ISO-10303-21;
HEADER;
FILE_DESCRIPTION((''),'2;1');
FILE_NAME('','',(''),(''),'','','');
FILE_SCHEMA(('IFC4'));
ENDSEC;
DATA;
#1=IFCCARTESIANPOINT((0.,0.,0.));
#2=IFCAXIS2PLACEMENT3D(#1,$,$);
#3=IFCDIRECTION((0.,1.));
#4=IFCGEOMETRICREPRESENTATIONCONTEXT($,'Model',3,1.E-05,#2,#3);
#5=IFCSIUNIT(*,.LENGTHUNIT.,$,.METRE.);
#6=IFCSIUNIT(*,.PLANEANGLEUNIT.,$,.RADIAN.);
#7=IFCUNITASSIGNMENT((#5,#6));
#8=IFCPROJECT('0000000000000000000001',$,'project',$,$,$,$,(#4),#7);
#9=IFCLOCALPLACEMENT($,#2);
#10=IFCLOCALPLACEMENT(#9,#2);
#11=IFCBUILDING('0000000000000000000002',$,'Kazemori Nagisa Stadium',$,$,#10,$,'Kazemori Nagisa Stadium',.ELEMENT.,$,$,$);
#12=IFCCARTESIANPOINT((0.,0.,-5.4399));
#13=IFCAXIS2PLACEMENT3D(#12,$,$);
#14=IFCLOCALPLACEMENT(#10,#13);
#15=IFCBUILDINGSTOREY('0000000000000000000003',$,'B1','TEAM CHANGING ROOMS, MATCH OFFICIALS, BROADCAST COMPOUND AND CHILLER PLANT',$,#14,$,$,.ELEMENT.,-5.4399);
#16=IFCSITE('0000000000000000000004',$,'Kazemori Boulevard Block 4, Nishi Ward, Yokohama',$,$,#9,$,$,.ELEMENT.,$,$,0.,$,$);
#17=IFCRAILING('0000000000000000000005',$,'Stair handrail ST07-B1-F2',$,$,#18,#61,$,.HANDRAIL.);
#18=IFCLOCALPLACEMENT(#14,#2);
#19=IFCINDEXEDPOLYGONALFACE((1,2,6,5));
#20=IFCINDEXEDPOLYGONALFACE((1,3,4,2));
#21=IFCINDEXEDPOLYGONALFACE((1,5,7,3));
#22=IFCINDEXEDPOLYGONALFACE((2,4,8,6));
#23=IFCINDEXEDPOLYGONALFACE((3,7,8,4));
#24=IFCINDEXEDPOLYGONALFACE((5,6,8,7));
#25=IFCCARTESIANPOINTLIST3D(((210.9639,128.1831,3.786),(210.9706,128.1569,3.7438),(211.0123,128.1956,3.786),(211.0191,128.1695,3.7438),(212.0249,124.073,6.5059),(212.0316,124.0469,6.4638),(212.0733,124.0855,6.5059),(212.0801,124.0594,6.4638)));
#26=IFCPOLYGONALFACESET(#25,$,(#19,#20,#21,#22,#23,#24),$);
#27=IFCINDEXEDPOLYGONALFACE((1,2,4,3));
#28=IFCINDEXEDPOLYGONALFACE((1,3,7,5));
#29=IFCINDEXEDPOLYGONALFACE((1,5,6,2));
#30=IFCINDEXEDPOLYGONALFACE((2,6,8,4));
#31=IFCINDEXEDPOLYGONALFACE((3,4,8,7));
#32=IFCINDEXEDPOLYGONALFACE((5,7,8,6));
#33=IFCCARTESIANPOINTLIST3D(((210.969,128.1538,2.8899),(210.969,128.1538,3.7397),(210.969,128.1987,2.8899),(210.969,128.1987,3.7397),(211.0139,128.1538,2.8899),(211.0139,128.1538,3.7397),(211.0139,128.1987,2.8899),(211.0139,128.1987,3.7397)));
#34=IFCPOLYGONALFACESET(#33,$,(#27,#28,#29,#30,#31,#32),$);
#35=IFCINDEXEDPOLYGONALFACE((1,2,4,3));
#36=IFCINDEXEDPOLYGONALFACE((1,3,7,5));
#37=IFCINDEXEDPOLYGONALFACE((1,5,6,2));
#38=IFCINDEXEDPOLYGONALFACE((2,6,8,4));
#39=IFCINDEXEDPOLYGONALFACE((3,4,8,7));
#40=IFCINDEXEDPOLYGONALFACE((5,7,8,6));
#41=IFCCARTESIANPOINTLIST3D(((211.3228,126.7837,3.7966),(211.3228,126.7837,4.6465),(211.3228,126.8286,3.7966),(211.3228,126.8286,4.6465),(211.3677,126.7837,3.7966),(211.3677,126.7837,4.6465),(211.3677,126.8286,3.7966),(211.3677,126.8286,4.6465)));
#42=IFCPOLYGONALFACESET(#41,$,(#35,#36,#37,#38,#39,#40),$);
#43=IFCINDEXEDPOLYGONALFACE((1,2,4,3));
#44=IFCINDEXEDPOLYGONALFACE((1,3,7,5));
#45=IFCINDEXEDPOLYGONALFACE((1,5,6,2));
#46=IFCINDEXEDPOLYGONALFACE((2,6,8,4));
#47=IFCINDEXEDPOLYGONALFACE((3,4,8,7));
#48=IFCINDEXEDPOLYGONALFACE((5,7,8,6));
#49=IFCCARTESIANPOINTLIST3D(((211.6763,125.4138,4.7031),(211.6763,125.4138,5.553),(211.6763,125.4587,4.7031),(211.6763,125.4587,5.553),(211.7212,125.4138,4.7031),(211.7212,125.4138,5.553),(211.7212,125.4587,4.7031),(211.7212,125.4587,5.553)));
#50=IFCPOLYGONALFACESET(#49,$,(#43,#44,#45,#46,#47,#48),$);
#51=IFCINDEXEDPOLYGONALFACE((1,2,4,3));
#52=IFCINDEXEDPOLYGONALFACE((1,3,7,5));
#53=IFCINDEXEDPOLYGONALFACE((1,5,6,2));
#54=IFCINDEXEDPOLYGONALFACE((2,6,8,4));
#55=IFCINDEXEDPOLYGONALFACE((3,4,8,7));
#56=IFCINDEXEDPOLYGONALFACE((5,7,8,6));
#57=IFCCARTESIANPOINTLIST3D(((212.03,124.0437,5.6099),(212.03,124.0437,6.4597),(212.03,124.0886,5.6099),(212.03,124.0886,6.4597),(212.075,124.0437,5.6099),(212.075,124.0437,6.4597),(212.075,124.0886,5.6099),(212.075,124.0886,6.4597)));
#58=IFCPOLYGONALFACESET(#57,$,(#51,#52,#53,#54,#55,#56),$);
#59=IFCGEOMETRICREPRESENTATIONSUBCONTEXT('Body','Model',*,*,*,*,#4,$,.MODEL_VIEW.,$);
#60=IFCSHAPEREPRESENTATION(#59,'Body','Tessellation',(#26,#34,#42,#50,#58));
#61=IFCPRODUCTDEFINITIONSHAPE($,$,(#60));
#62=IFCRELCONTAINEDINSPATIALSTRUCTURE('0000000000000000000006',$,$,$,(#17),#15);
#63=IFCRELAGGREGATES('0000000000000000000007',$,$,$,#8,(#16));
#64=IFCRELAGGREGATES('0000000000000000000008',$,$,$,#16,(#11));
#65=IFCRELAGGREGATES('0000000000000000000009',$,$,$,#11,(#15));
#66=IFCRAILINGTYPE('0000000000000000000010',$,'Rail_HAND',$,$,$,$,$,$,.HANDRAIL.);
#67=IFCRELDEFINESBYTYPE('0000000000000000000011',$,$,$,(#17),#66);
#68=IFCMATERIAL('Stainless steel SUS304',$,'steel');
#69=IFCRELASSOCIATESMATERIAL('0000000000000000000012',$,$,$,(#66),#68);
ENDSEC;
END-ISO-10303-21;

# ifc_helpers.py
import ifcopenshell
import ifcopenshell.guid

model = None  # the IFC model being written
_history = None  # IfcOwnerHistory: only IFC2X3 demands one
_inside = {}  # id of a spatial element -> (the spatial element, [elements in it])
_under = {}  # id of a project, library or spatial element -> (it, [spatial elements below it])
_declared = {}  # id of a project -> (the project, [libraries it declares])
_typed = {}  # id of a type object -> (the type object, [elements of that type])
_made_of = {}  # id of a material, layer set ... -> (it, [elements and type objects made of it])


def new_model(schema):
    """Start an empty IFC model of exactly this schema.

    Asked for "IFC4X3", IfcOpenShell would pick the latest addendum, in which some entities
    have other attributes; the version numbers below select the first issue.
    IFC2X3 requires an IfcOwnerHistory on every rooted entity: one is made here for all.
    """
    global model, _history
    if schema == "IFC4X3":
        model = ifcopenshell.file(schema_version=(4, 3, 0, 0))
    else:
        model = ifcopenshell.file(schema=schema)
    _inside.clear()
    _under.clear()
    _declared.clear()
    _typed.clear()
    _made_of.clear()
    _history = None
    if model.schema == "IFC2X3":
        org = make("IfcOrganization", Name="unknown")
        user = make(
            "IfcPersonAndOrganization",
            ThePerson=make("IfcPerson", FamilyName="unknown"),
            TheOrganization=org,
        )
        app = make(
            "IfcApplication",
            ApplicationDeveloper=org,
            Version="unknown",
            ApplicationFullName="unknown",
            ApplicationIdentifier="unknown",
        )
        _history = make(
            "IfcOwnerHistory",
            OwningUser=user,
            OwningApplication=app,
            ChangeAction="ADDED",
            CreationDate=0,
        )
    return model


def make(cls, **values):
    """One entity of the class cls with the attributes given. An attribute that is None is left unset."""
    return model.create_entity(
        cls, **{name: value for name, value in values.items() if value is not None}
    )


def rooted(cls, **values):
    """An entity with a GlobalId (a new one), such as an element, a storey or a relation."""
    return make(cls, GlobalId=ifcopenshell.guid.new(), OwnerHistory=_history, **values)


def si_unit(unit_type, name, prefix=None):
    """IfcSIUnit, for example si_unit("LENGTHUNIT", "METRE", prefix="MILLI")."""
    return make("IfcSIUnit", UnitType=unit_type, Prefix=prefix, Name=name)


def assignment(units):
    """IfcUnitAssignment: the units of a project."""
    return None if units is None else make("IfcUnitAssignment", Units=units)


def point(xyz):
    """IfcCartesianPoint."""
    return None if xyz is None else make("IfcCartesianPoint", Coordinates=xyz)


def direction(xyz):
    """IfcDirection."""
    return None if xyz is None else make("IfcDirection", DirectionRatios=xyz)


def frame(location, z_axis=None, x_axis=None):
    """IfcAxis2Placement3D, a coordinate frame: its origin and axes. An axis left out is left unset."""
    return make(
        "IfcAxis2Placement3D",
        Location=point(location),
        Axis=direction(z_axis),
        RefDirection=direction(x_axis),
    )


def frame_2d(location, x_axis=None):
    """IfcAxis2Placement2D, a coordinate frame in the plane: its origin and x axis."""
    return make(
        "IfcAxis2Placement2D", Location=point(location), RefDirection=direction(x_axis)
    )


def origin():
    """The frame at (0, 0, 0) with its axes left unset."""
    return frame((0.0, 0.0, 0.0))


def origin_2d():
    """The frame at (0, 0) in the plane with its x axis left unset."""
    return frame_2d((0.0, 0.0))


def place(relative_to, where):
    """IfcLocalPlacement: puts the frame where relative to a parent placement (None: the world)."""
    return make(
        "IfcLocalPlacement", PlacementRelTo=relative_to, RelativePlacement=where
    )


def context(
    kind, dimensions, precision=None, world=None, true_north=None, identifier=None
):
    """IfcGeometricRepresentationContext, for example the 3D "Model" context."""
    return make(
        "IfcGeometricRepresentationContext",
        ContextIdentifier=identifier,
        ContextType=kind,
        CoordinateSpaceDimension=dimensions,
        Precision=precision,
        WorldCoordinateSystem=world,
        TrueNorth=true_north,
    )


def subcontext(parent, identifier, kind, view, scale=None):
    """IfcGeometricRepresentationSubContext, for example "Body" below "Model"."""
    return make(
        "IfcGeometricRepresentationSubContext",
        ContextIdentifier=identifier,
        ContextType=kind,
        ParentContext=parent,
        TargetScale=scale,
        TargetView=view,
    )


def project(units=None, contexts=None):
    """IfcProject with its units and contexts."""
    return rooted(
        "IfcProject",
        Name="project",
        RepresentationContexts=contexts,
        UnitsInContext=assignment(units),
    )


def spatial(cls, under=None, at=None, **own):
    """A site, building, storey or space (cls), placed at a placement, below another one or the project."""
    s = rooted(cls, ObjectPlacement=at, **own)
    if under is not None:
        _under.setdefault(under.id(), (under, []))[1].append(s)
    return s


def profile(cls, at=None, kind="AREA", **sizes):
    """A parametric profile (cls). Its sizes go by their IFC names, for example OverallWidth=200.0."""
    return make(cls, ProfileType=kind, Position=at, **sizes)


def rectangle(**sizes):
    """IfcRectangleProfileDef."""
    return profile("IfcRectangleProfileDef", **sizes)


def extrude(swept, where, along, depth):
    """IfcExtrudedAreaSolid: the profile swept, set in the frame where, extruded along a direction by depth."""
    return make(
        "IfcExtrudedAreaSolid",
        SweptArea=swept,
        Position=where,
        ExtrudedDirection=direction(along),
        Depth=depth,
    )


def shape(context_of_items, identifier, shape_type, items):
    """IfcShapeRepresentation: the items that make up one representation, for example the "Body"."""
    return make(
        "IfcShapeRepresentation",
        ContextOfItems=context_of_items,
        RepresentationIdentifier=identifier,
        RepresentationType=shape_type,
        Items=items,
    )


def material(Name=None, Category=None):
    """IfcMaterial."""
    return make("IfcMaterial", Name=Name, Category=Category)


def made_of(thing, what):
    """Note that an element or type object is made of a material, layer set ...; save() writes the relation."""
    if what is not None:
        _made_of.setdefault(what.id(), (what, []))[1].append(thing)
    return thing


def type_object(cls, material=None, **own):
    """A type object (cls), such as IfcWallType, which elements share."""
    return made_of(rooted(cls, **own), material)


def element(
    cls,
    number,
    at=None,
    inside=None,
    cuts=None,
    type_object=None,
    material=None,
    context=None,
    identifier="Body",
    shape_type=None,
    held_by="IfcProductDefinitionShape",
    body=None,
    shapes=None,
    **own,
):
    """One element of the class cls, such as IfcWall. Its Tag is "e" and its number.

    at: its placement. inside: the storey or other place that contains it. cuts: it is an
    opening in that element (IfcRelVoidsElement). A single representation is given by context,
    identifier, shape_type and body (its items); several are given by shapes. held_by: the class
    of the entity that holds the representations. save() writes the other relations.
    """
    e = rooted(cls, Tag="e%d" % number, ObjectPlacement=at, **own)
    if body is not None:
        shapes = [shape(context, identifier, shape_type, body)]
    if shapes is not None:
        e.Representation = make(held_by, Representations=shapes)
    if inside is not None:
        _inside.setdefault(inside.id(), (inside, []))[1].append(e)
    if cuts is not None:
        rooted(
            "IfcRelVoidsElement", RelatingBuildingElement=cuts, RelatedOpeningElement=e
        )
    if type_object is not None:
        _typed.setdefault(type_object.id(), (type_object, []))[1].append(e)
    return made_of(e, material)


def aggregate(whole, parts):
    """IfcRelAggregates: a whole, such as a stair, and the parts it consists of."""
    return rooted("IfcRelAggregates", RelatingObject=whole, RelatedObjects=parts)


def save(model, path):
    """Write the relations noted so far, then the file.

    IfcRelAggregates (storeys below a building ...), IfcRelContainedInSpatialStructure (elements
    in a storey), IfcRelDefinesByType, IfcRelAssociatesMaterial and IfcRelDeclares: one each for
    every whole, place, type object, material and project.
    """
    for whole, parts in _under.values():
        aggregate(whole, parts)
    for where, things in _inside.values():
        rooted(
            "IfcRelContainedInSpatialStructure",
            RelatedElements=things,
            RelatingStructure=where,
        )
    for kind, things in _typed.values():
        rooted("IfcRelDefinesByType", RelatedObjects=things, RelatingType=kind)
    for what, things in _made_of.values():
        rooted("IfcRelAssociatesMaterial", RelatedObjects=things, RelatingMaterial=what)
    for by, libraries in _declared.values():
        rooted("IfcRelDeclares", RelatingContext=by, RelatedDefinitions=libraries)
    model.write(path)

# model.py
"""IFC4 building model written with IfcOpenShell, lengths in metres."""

from ifc_helpers import new_model, si_unit, direction, frame, origin, origin_2d, place, context, subcontext, project, spatial, rectangle, extrude, material, type_object, element, save


model = new_model("IFC4")

# Units and contexts
model_context = context("Model", 3, precision=1e-05, world=origin(), true_north=direction((0.0, 1.0)))
body_context = subcontext(model_context, "Body", "Model", "MODEL_VIEW")
ifc_project = project(units=[si_unit("LENGTHUNIT", "METRE"), si_unit("PLANEANGLEUNIT", "RADIAN")], contexts=[model_context])

# Site, building, storey
site_placement = place(None, origin())
site = spatial("IfcSite", under=ifc_project, at=site_placement, Name="Kazemori Boulevard Block 4, Nishi Ward, Yokohama", CompositionType="ELEMENT", RefElevation=0.0)
building_placement = place(site_placement, origin())
building = spatial("IfcBuilding", under=site, at=building_placement, Name="Kazemori Nagisa Stadium", LongName="Kazemori Nagisa Stadium", CompositionType="ELEMENT")
storey_placement = place(building_placement, frame((0.0, 0.0, -5.4399)))
storey = spatial("IfcBuildingStorey", under=building, at=storey_placement, Name="B1", Description="TEAM CHANGING ROOMS, MATCH OFFICIALS, BROADCAST COMPOUND AND CHILLER PLANT", CompositionType="ELEMENT", Elevation=-5.4399)

# Shared definitions
ifc_material_1 = material(Name="Stainless steel SUS304", Category="steel")

# Railing
railing_type_1 = type_object("IfcRailingType", Name="Rail_HAND", PredefinedType="HANDRAIL", material=ifc_material_1)
railing_1_placement = place(storey_placement, frame((210.9915, 128.1763, 2.8899)))
element("IfcRailing", 1, at=railing_1_placement, inside=storey, type_object=railing_type_1, Name="Stair handrail ST07-B1-F2", PredefinedType="HANDRAIL", context=body_context, shape_type="SweptSolid", body=[
    extrude(rectangle(XDim=0.05, YDim=0.05, at=origin_2d()), frame((0.0, 0.0, 0.875), z_axis=(0.210459, -0.81525, 0.539513), x_axis=(0.968257, 0.249958, 0.0)), (0.0, 0.0, 1.0), 5.0415),
    extrude(rectangle(XDim=0.0449, YDim=0.0449, at=origin_2d()), origin(), (0.0, 0.0, 1.0), 0.8499),
    extrude(rectangle(XDim=0.0449, YDim=0.0449, at=origin_2d()), frame((0.3538, -1.3701, 0.9067)), (0.0, 0.0, 1.0), 0.8499),
    extrude(rectangle(XDim=0.0449, YDim=0.0449, at=origin_2d()), frame((0.7073, -2.74, 1.8132)), (0.0, 0.0, 1.0), 0.8499),
    extrude(rectangle(XDim=0.0449, YDim=0.0449, at=origin_2d()), frame((1.061, -4.1101, 2.72)), (0.0, 0.0, 1.0), 0.8499),
])

save(model, "model.ifc")
